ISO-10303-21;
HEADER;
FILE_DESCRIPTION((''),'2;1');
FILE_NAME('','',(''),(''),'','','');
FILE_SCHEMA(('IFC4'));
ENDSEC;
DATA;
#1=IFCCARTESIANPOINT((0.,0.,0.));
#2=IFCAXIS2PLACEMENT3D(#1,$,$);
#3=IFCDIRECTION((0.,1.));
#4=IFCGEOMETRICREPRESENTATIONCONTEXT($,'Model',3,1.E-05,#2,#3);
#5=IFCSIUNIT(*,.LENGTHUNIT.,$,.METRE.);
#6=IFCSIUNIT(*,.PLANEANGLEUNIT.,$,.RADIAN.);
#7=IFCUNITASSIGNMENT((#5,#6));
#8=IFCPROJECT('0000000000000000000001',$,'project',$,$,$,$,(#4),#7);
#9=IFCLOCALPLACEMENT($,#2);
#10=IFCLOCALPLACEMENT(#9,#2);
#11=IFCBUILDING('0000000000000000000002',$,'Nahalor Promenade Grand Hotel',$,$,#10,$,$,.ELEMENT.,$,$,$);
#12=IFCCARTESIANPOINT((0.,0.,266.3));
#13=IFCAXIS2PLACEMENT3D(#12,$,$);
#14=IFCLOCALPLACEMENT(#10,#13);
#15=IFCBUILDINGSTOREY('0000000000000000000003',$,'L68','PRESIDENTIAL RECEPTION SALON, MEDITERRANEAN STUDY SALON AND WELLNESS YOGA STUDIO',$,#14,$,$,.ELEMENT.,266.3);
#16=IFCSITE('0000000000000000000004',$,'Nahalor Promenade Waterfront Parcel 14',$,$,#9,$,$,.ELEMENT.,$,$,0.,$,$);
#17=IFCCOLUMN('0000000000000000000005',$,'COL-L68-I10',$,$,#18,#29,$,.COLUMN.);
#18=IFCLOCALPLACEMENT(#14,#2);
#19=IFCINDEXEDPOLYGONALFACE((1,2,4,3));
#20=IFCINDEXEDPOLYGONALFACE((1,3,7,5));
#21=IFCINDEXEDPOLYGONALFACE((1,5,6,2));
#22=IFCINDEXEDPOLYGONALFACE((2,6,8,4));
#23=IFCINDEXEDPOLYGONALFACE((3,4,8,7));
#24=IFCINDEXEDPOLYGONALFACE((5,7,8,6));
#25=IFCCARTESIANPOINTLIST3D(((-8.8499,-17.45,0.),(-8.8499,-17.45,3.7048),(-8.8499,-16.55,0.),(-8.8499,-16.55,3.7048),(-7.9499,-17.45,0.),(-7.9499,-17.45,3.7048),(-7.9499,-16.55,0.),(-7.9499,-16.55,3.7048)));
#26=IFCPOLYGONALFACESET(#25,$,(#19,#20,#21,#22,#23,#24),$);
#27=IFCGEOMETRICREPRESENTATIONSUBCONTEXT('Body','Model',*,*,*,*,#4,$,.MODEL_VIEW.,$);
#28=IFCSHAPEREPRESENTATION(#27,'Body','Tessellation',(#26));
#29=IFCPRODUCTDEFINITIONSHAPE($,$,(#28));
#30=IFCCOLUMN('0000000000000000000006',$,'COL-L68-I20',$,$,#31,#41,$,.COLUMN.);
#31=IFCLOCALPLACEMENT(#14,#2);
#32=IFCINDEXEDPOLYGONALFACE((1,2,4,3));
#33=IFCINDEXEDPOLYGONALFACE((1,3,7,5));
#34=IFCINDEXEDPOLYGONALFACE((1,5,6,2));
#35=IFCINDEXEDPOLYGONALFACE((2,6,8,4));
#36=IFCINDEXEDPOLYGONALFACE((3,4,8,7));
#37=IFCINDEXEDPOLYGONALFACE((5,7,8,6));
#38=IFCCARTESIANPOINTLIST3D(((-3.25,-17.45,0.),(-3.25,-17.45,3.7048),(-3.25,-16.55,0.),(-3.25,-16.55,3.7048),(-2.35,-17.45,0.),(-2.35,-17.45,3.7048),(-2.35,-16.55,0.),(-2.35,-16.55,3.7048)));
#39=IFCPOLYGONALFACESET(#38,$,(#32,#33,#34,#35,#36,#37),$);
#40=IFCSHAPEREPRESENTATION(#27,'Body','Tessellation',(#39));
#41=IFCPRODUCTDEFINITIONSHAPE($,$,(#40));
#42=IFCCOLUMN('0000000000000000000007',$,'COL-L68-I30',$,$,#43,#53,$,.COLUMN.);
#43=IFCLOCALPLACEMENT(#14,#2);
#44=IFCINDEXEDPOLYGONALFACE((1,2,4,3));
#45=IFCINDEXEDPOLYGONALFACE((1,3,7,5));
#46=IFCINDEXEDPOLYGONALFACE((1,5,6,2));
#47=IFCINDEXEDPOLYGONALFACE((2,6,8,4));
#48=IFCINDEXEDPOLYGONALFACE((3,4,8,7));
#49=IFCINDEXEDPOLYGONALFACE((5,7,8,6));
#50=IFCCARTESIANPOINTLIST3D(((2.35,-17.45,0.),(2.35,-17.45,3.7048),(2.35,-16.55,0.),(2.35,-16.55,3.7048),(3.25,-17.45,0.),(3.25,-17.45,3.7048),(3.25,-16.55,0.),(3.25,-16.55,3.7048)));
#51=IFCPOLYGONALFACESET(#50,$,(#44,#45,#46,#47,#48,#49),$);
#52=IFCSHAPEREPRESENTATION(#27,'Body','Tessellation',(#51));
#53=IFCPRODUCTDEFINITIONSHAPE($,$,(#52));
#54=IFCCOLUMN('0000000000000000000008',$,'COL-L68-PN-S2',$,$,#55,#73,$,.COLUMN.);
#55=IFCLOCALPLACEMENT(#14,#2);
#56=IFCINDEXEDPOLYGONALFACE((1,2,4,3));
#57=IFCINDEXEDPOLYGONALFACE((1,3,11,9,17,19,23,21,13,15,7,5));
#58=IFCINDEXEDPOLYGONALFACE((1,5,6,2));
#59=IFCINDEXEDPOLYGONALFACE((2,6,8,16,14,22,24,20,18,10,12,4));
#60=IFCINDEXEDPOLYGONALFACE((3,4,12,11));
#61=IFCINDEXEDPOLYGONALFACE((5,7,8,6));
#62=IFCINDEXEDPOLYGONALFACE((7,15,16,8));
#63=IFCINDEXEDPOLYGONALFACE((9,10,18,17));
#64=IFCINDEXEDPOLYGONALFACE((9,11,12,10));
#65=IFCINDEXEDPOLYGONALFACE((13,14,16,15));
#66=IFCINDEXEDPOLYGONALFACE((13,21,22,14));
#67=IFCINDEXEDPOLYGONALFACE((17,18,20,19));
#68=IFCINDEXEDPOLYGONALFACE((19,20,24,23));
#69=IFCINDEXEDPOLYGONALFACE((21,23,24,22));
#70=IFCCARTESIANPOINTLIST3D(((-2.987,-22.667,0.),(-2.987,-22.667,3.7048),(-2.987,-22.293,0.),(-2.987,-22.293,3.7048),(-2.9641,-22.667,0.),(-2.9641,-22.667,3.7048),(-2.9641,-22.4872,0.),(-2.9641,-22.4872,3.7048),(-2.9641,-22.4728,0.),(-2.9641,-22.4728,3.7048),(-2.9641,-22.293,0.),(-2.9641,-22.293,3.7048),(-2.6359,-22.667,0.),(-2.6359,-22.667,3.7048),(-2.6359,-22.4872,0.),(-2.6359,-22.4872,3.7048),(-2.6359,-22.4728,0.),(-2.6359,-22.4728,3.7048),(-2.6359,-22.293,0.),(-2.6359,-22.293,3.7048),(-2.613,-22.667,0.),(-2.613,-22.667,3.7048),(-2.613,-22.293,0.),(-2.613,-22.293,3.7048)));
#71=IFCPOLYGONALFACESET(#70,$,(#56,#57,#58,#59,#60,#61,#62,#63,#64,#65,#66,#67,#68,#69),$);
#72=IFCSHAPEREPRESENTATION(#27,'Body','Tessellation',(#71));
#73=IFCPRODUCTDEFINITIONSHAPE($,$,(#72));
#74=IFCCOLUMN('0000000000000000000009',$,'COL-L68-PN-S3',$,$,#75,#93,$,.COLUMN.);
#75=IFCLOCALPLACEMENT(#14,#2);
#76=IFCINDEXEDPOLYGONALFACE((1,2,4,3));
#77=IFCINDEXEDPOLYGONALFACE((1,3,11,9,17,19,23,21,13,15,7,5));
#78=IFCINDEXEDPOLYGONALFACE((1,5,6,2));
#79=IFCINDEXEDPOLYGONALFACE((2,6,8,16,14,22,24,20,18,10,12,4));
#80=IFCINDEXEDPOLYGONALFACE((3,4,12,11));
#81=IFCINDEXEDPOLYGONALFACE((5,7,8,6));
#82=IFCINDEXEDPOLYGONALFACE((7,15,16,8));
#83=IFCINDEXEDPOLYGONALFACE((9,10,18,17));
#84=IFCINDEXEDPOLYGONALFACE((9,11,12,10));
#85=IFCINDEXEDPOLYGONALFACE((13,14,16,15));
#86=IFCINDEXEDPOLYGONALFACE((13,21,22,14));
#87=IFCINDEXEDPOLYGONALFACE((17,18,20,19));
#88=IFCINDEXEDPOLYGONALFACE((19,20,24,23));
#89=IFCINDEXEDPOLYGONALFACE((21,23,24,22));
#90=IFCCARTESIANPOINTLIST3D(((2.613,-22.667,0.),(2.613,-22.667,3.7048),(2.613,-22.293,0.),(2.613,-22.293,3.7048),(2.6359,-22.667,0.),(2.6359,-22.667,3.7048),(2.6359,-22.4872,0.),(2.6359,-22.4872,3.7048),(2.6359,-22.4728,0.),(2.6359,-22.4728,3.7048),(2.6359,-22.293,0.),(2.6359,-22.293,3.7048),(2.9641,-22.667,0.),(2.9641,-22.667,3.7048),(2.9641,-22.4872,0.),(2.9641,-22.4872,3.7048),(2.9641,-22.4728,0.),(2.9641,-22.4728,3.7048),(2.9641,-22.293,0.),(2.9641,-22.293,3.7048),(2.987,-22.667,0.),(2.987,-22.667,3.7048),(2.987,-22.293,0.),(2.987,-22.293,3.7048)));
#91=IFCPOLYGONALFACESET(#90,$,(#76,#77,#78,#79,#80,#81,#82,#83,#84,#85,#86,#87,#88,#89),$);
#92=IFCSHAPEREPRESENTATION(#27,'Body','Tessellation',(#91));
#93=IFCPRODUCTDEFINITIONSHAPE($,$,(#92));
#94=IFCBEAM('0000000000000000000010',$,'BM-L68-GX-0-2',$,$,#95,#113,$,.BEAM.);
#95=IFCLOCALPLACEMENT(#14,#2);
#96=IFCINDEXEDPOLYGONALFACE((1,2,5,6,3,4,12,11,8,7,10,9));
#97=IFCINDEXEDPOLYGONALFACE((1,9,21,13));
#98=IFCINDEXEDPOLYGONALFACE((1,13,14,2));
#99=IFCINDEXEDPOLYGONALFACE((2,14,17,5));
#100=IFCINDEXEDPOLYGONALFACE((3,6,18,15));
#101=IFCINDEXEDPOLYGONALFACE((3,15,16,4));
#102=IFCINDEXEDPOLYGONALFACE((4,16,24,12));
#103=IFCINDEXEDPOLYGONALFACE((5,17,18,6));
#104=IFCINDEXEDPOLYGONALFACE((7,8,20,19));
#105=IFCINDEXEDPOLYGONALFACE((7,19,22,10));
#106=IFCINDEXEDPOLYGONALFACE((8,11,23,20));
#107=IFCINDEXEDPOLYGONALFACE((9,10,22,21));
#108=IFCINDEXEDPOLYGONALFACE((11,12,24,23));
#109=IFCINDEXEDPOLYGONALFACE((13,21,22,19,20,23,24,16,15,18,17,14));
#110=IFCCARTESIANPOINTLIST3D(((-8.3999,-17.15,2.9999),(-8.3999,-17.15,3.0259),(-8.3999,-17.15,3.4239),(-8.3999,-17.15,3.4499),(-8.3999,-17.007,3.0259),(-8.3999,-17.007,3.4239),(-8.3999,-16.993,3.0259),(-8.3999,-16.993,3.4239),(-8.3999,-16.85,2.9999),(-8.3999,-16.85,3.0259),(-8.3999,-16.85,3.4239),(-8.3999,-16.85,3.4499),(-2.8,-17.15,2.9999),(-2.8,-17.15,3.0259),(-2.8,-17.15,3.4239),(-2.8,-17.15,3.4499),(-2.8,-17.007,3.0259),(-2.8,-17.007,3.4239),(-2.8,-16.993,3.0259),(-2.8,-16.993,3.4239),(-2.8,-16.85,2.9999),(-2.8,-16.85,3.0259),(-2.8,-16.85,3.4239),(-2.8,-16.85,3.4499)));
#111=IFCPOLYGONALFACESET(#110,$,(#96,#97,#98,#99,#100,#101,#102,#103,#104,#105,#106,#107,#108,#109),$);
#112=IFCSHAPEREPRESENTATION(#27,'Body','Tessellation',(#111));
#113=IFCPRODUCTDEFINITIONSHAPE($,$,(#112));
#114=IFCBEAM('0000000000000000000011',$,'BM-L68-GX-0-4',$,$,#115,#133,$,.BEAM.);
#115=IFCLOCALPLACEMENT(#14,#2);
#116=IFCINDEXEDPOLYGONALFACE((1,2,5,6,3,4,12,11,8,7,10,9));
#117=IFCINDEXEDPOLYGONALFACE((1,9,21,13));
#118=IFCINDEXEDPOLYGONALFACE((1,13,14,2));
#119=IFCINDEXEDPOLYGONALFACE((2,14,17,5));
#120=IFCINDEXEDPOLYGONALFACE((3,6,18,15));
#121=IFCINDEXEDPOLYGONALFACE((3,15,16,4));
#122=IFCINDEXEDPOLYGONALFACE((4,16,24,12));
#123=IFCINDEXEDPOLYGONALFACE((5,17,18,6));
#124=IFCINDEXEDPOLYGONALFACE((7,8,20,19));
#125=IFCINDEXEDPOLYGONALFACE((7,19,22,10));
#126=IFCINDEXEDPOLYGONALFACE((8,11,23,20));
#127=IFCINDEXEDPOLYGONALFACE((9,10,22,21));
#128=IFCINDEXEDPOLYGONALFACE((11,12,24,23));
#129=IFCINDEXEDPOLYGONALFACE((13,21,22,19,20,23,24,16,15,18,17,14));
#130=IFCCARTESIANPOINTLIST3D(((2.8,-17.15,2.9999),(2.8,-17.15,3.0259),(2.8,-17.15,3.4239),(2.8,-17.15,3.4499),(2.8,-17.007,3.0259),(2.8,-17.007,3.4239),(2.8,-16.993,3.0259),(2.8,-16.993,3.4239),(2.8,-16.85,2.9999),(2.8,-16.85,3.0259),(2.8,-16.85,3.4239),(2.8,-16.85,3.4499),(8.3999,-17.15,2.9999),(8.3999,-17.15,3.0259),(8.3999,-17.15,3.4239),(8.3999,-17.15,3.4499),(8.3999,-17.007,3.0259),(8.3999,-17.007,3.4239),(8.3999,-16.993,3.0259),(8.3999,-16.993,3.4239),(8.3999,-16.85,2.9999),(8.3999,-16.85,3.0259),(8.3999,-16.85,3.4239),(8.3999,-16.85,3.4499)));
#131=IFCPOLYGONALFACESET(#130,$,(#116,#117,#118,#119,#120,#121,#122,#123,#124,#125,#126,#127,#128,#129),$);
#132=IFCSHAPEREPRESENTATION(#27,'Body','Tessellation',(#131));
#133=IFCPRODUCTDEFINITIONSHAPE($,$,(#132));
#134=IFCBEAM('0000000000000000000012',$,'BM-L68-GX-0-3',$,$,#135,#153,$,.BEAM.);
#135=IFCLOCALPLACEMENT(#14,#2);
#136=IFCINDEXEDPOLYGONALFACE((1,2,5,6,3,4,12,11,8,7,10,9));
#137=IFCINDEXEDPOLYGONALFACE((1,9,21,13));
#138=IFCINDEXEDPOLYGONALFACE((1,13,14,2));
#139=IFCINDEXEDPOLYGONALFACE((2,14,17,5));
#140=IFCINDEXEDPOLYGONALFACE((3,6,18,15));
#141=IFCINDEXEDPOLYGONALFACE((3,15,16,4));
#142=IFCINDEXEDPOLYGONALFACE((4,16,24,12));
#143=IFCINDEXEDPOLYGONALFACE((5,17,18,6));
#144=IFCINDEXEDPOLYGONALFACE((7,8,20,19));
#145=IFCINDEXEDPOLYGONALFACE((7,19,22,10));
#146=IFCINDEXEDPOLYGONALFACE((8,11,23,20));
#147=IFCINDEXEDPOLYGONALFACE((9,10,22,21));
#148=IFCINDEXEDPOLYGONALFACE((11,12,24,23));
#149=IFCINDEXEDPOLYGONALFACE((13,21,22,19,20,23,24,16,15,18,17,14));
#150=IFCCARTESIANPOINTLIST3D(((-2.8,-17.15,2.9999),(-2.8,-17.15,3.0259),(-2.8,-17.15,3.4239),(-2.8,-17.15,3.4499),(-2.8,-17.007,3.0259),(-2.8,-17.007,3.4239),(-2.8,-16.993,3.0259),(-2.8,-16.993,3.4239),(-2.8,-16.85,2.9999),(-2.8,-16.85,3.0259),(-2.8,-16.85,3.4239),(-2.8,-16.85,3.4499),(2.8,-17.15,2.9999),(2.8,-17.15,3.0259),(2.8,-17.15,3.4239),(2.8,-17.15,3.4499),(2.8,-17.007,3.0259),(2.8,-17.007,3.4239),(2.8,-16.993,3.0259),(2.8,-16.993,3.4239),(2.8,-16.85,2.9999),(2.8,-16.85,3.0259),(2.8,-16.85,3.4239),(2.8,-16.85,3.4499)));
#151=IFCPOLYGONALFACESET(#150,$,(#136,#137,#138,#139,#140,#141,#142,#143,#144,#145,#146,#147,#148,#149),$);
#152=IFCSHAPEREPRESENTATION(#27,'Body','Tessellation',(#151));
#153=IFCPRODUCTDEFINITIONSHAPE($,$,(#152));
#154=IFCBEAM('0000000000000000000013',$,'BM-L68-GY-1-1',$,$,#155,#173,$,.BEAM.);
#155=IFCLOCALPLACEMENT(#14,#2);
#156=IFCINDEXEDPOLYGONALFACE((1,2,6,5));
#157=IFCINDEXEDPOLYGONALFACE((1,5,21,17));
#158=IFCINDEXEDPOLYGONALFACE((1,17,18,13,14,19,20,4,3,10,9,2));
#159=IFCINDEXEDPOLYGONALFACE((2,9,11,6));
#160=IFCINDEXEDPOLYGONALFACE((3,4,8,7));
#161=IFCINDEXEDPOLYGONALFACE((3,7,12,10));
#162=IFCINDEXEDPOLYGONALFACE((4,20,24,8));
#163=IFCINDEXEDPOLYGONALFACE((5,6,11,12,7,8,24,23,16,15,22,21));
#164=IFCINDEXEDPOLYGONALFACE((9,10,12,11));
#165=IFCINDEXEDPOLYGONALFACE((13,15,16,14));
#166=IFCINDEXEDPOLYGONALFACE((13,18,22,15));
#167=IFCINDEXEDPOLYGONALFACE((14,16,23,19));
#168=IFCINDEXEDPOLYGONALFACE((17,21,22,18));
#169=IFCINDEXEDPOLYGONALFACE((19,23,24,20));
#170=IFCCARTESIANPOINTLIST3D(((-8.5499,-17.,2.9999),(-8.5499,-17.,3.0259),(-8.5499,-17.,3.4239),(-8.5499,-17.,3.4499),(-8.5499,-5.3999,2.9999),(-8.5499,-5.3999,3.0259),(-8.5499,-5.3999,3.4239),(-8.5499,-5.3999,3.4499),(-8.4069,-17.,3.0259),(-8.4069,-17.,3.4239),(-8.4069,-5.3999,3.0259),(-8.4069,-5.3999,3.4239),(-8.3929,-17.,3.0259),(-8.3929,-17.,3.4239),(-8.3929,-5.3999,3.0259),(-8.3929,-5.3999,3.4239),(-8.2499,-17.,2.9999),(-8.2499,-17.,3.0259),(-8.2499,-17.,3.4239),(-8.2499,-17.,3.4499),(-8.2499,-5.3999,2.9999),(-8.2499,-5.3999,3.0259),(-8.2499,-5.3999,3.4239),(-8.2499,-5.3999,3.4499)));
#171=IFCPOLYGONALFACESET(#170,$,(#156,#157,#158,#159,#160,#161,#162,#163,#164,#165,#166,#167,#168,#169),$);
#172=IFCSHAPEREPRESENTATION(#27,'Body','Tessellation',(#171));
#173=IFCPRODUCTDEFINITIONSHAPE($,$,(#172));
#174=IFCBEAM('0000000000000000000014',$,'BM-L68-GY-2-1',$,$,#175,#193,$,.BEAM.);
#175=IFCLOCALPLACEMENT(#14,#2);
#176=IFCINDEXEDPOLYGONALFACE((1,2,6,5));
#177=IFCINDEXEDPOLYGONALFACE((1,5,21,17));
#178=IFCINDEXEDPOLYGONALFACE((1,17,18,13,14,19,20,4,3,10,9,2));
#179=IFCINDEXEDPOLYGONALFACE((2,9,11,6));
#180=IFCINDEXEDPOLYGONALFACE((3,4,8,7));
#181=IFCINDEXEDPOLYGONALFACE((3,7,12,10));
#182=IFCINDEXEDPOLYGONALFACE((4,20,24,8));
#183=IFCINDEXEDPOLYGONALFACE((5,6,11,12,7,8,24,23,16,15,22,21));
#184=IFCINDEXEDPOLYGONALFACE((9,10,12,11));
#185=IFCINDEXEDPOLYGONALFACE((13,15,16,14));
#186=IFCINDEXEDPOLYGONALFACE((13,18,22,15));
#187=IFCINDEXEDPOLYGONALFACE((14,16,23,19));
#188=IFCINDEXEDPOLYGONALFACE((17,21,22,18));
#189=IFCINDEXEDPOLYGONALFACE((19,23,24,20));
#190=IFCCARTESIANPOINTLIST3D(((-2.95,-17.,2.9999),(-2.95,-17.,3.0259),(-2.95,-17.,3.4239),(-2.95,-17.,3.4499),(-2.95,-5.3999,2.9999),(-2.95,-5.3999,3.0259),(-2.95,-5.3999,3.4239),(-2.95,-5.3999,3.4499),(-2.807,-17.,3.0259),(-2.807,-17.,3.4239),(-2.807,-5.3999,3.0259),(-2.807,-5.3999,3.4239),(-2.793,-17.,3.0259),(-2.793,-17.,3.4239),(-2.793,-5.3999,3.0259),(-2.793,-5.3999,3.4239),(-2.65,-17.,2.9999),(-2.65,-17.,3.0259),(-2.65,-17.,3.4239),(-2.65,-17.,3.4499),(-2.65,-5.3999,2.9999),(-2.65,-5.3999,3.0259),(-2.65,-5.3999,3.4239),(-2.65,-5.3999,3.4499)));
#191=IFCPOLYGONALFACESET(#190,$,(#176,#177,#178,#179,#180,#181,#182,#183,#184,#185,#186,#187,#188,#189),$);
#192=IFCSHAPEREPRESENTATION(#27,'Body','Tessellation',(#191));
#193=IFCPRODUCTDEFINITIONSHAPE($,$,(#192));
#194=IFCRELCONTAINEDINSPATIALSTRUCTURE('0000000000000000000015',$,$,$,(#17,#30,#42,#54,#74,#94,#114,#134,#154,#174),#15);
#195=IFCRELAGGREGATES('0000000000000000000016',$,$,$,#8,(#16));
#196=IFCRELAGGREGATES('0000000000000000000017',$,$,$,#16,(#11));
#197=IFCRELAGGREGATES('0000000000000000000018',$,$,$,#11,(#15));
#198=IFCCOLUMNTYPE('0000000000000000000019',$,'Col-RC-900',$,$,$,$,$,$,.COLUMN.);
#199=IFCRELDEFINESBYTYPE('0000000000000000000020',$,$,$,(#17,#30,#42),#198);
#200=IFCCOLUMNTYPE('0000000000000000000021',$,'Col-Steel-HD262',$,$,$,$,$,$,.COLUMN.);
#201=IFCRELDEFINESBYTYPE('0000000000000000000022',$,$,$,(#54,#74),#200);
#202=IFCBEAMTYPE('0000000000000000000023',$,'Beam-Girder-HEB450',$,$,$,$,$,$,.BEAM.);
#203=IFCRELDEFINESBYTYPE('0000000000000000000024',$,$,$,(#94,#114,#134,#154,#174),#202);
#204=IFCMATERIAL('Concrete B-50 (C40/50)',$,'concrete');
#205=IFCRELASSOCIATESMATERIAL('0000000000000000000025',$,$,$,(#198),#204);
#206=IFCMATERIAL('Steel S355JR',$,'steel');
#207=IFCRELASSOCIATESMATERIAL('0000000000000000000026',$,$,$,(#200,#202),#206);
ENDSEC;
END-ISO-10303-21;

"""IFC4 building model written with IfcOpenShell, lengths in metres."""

from ifc_helpers import new_model, si_unit, direction, frame, origin, origin_2d, place, context, subcontext, project, spatial, rectangle, i_section, extrude, source, transform, mapped, material, material_profile, profile_set, type_object, element, save


model = new_model("IFC4")

# Units and contexts
model_context = context("Model", 3, precision=1e-05, world=origin(), true_north=direction((0.0, 1.0)))
body_context = subcontext(model_context, "Body", "Model", "MODEL_VIEW")
ifc_project = project(units=[si_unit("LENGTHUNIT", "METRE"), si_unit("PLANEANGLEUNIT", "RADIAN")], contexts=[model_context])

# Site, building, storey
site_placement = place(None, origin())
site = spatial("IfcSite", under=ifc_project, at=site_placement, Name="Nahalor Promenade Waterfront Parcel 14", CompositionType="ELEMENT", RefElevation=0.0)
building_placement = place(site_placement, origin())
building = spatial("IfcBuilding", under=site, at=building_placement, Name="Nahalor Promenade Grand Hotel", CompositionType="ELEMENT")
storey_placement = place(building_placement, frame((0.0, 0.0, 266.3)))
storey = spatial("IfcBuildingStorey", under=building, at=storey_placement, Name="L68", Description="PRESIDENTIAL RECEPTION SALON, MEDITERRANEAN STUDY SALON AND WELLNESS YOGA STUDIO", CompositionType="ELEMENT", Elevation=266.3)

# Columns
ifc_material_1 = material(Name="Concrete B-50 (C40/50)", Category="concrete")
ifc_material_profile_1 = material_profile(ifc_material_1, rectangle(XDim=0.9, YDim=0.9, at=origin_2d()), Name="RC 900x900")
ifc_profile_set_1 = profile_set([ifc_material_profile_1], Name="Concrete B-50 (C40/50)")
column_type_1 = type_object("IfcColumnType", Name="Col-RC-900", PredefinedType="COLUMN", material=ifc_profile_set_1)
shared_shape_1 = source(origin(), body_context, "Body", "SweptSolid", [
    extrude(rectangle(XDim=0.9, YDim=0.9, at=origin_2d()), origin(), (0.0, 0.0, 1.0), 3.7048),
])
for number, where, z_axis, x_axis, name in (
    (1, (-8.3999, -17.0, 0.0), (0.0, 0.0, 1.0), (1.0, 0.0, 0.0), "COL-L68-I10"),
    (2, (-2.8, -17.0, 0.0), (0.0, 0.0, 1.0), (1.0, 0.0, 0.0), "COL-L68-I20"),
    (3, (2.8, -17.0, 0.0), (0.0, 0.0, 1.0), (1.0, 0.0, 0.0), "COL-L68-I30"),
):
    element("IfcColumn", number, at=place(storey_placement, frame(where, z_axis=z_axis, x_axis=x_axis)), inside=storey, type_object=column_type_1, Name=name, PredefinedType="COLUMN", context=body_context, shape_type="MappedRepresentation", body=[
        mapped(shared_shape_1, transform((0.0, 0.0, 0.0), scale=1.0)),
    ])
ifc_material_2 = material(Name="Steel S355JR", Category="steel")
ifc_material_profile_2 = material_profile(ifc_material_2, i_section(OverallWidth=0.374, OverallDepth=0.374, WebThickness=0.0144, FlangeThickness=0.0229, at=origin_2d()), Name="HD 360x262")
ifc_profile_set_2 = profile_set([ifc_material_profile_2], Name="Steel S355JR")
column_type_2 = type_object("IfcColumnType", Name="Col-Steel-HD262", PredefinedType="COLUMN", material=ifc_profile_set_2)
shared_shape_2 = source(origin(), body_context, "Body", "SweptSolid", [
    extrude(i_section(OverallWidth=0.374, OverallDepth=0.374, WebThickness=0.0144, FlangeThickness=0.0229, at=origin_2d()), origin(), (0.0, 0.0, 1.0), 3.7048),
])
for number, where, z_axis, x_axis, name in (
    (4, (-2.8, -22.48, 0.0), (0.0, 0.0, 1.0), (0.0, 1.0, 0.0), "COL-L68-PN-S2"),
    (5, (2.8, -22.48, 0.0), (0.0, 0.0, 1.0), (0.0, 1.0, 0.0), "COL-L68-PN-S3"),
):
    element("IfcColumn", number, at=place(storey_placement, frame(where, z_axis=z_axis, x_axis=x_axis)), inside=storey, type_object=column_type_2, Name=name, PredefinedType="COLUMN", context=body_context, shape_type="MappedRepresentation", body=[
        mapped(shared_shape_2, transform((0.0, 0.0, 0.0), scale=1.0)),
    ])

# Beams
ifc_material_profile_3 = material_profile(ifc_material_2, i_section(OverallWidth=0.3, OverallDepth=0.45, WebThickness=0.014, FlangeThickness=0.026, at=origin_2d()), Name="HEB 450")
ifc_profile_set_3 = profile_set([ifc_material_profile_3], Name="Steel S355JR")
beam_type_1 = type_object("IfcBeamType", Name="Beam-Girder-HEB450", PredefinedType="BEAM", material=ifc_profile_set_3)
shared_shape_3 = source(origin(), body_context, "Body", "SweptSolid", [
    extrude(i_section(OverallWidth=0.3, OverallDepth=0.45, WebThickness=0.014, FlangeThickness=0.026, at=origin_2d()), origin(), (0.0, 0.0, 1.0), 5.5999),
])
for number, where, z_axis, x_axis, name in (
    (6, (-8.3999, -17.0, 3.2249), (1.0, 0.0, 0.0), (0.0, 1.0, 0.0), "BM-L68-GX-0-2"),
    (7, (2.8, -17.0, 3.2249), (1.0, 0.0, 0.0), (0.0, 1.0, 0.0), "BM-L68-GX-0-4"),
):
    element("IfcBeam", number, at=place(storey_placement, frame(where, z_axis=z_axis, x_axis=x_axis)), inside=storey, type_object=beam_type_1, Name=name, PredefinedType="BEAM", context=body_context, shape_type="MappedRepresentation", body=[
        mapped(shared_shape_3, transform((0.0, 0.0, 0.0), scale=1.0)),
    ])
shared_shape_4 = source(origin(), body_context, "Body", "SweptSolid", [
    extrude(i_section(OverallWidth=0.3, OverallDepth=0.45, WebThickness=0.014, FlangeThickness=0.026, at=origin_2d()), origin(), (0.0, 0.0, 1.0), 5.6001),
])
beam_1_placement = place(storey_placement, frame((-2.8, -17.0, 3.2249), z_axis=(1.0, 0.0, 0.0), x_axis=(0.0, 1.0, 0.0)))
element("IfcBeam", 8, at=beam_1_placement, inside=storey, type_object=beam_type_1, Name="BM-L68-GX-0-3", PredefinedType="BEAM", context=body_context, shape_type="MappedRepresentation", body=[
    mapped(shared_shape_4, transform((0.0, 0.0, 0.0), scale=1.0)),
])
shared_shape_5 = source(origin(), body_context, "Body", "SweptSolid", [
    extrude(i_section(OverallWidth=0.3, OverallDepth=0.45, WebThickness=0.014, FlangeThickness=0.026, at=origin_2d()), origin(), (0.0, 0.0, 1.0), 11.6001),
])
for number, where, z_axis, x_axis, name in (
    (9, (-8.3999, -17.0, 3.2249), (0.0, 1.0, 0.0), (-1.0, 0.0, 0.0), "BM-L68-GY-1-1"),
    (10, (-2.8, -17.0, 3.2249), (0.0, 1.0, 0.0), (-1.0, 0.0, 0.0), "BM-L68-GY-2-1"),
):
    element("IfcBeam", number, at=place(storey_placement, frame(where, z_axis=z_axis, x_axis=x_axis)), inside=storey, type_object=beam_type_1, Name=name, PredefinedType="BEAM", context=body_context, shape_type="MappedRepresentation", body=[
        mapped(shared_shape_5, transform((0.0, 0.0, 0.0), scale=1.0)),
    ])

save(model, "model.ifc")
